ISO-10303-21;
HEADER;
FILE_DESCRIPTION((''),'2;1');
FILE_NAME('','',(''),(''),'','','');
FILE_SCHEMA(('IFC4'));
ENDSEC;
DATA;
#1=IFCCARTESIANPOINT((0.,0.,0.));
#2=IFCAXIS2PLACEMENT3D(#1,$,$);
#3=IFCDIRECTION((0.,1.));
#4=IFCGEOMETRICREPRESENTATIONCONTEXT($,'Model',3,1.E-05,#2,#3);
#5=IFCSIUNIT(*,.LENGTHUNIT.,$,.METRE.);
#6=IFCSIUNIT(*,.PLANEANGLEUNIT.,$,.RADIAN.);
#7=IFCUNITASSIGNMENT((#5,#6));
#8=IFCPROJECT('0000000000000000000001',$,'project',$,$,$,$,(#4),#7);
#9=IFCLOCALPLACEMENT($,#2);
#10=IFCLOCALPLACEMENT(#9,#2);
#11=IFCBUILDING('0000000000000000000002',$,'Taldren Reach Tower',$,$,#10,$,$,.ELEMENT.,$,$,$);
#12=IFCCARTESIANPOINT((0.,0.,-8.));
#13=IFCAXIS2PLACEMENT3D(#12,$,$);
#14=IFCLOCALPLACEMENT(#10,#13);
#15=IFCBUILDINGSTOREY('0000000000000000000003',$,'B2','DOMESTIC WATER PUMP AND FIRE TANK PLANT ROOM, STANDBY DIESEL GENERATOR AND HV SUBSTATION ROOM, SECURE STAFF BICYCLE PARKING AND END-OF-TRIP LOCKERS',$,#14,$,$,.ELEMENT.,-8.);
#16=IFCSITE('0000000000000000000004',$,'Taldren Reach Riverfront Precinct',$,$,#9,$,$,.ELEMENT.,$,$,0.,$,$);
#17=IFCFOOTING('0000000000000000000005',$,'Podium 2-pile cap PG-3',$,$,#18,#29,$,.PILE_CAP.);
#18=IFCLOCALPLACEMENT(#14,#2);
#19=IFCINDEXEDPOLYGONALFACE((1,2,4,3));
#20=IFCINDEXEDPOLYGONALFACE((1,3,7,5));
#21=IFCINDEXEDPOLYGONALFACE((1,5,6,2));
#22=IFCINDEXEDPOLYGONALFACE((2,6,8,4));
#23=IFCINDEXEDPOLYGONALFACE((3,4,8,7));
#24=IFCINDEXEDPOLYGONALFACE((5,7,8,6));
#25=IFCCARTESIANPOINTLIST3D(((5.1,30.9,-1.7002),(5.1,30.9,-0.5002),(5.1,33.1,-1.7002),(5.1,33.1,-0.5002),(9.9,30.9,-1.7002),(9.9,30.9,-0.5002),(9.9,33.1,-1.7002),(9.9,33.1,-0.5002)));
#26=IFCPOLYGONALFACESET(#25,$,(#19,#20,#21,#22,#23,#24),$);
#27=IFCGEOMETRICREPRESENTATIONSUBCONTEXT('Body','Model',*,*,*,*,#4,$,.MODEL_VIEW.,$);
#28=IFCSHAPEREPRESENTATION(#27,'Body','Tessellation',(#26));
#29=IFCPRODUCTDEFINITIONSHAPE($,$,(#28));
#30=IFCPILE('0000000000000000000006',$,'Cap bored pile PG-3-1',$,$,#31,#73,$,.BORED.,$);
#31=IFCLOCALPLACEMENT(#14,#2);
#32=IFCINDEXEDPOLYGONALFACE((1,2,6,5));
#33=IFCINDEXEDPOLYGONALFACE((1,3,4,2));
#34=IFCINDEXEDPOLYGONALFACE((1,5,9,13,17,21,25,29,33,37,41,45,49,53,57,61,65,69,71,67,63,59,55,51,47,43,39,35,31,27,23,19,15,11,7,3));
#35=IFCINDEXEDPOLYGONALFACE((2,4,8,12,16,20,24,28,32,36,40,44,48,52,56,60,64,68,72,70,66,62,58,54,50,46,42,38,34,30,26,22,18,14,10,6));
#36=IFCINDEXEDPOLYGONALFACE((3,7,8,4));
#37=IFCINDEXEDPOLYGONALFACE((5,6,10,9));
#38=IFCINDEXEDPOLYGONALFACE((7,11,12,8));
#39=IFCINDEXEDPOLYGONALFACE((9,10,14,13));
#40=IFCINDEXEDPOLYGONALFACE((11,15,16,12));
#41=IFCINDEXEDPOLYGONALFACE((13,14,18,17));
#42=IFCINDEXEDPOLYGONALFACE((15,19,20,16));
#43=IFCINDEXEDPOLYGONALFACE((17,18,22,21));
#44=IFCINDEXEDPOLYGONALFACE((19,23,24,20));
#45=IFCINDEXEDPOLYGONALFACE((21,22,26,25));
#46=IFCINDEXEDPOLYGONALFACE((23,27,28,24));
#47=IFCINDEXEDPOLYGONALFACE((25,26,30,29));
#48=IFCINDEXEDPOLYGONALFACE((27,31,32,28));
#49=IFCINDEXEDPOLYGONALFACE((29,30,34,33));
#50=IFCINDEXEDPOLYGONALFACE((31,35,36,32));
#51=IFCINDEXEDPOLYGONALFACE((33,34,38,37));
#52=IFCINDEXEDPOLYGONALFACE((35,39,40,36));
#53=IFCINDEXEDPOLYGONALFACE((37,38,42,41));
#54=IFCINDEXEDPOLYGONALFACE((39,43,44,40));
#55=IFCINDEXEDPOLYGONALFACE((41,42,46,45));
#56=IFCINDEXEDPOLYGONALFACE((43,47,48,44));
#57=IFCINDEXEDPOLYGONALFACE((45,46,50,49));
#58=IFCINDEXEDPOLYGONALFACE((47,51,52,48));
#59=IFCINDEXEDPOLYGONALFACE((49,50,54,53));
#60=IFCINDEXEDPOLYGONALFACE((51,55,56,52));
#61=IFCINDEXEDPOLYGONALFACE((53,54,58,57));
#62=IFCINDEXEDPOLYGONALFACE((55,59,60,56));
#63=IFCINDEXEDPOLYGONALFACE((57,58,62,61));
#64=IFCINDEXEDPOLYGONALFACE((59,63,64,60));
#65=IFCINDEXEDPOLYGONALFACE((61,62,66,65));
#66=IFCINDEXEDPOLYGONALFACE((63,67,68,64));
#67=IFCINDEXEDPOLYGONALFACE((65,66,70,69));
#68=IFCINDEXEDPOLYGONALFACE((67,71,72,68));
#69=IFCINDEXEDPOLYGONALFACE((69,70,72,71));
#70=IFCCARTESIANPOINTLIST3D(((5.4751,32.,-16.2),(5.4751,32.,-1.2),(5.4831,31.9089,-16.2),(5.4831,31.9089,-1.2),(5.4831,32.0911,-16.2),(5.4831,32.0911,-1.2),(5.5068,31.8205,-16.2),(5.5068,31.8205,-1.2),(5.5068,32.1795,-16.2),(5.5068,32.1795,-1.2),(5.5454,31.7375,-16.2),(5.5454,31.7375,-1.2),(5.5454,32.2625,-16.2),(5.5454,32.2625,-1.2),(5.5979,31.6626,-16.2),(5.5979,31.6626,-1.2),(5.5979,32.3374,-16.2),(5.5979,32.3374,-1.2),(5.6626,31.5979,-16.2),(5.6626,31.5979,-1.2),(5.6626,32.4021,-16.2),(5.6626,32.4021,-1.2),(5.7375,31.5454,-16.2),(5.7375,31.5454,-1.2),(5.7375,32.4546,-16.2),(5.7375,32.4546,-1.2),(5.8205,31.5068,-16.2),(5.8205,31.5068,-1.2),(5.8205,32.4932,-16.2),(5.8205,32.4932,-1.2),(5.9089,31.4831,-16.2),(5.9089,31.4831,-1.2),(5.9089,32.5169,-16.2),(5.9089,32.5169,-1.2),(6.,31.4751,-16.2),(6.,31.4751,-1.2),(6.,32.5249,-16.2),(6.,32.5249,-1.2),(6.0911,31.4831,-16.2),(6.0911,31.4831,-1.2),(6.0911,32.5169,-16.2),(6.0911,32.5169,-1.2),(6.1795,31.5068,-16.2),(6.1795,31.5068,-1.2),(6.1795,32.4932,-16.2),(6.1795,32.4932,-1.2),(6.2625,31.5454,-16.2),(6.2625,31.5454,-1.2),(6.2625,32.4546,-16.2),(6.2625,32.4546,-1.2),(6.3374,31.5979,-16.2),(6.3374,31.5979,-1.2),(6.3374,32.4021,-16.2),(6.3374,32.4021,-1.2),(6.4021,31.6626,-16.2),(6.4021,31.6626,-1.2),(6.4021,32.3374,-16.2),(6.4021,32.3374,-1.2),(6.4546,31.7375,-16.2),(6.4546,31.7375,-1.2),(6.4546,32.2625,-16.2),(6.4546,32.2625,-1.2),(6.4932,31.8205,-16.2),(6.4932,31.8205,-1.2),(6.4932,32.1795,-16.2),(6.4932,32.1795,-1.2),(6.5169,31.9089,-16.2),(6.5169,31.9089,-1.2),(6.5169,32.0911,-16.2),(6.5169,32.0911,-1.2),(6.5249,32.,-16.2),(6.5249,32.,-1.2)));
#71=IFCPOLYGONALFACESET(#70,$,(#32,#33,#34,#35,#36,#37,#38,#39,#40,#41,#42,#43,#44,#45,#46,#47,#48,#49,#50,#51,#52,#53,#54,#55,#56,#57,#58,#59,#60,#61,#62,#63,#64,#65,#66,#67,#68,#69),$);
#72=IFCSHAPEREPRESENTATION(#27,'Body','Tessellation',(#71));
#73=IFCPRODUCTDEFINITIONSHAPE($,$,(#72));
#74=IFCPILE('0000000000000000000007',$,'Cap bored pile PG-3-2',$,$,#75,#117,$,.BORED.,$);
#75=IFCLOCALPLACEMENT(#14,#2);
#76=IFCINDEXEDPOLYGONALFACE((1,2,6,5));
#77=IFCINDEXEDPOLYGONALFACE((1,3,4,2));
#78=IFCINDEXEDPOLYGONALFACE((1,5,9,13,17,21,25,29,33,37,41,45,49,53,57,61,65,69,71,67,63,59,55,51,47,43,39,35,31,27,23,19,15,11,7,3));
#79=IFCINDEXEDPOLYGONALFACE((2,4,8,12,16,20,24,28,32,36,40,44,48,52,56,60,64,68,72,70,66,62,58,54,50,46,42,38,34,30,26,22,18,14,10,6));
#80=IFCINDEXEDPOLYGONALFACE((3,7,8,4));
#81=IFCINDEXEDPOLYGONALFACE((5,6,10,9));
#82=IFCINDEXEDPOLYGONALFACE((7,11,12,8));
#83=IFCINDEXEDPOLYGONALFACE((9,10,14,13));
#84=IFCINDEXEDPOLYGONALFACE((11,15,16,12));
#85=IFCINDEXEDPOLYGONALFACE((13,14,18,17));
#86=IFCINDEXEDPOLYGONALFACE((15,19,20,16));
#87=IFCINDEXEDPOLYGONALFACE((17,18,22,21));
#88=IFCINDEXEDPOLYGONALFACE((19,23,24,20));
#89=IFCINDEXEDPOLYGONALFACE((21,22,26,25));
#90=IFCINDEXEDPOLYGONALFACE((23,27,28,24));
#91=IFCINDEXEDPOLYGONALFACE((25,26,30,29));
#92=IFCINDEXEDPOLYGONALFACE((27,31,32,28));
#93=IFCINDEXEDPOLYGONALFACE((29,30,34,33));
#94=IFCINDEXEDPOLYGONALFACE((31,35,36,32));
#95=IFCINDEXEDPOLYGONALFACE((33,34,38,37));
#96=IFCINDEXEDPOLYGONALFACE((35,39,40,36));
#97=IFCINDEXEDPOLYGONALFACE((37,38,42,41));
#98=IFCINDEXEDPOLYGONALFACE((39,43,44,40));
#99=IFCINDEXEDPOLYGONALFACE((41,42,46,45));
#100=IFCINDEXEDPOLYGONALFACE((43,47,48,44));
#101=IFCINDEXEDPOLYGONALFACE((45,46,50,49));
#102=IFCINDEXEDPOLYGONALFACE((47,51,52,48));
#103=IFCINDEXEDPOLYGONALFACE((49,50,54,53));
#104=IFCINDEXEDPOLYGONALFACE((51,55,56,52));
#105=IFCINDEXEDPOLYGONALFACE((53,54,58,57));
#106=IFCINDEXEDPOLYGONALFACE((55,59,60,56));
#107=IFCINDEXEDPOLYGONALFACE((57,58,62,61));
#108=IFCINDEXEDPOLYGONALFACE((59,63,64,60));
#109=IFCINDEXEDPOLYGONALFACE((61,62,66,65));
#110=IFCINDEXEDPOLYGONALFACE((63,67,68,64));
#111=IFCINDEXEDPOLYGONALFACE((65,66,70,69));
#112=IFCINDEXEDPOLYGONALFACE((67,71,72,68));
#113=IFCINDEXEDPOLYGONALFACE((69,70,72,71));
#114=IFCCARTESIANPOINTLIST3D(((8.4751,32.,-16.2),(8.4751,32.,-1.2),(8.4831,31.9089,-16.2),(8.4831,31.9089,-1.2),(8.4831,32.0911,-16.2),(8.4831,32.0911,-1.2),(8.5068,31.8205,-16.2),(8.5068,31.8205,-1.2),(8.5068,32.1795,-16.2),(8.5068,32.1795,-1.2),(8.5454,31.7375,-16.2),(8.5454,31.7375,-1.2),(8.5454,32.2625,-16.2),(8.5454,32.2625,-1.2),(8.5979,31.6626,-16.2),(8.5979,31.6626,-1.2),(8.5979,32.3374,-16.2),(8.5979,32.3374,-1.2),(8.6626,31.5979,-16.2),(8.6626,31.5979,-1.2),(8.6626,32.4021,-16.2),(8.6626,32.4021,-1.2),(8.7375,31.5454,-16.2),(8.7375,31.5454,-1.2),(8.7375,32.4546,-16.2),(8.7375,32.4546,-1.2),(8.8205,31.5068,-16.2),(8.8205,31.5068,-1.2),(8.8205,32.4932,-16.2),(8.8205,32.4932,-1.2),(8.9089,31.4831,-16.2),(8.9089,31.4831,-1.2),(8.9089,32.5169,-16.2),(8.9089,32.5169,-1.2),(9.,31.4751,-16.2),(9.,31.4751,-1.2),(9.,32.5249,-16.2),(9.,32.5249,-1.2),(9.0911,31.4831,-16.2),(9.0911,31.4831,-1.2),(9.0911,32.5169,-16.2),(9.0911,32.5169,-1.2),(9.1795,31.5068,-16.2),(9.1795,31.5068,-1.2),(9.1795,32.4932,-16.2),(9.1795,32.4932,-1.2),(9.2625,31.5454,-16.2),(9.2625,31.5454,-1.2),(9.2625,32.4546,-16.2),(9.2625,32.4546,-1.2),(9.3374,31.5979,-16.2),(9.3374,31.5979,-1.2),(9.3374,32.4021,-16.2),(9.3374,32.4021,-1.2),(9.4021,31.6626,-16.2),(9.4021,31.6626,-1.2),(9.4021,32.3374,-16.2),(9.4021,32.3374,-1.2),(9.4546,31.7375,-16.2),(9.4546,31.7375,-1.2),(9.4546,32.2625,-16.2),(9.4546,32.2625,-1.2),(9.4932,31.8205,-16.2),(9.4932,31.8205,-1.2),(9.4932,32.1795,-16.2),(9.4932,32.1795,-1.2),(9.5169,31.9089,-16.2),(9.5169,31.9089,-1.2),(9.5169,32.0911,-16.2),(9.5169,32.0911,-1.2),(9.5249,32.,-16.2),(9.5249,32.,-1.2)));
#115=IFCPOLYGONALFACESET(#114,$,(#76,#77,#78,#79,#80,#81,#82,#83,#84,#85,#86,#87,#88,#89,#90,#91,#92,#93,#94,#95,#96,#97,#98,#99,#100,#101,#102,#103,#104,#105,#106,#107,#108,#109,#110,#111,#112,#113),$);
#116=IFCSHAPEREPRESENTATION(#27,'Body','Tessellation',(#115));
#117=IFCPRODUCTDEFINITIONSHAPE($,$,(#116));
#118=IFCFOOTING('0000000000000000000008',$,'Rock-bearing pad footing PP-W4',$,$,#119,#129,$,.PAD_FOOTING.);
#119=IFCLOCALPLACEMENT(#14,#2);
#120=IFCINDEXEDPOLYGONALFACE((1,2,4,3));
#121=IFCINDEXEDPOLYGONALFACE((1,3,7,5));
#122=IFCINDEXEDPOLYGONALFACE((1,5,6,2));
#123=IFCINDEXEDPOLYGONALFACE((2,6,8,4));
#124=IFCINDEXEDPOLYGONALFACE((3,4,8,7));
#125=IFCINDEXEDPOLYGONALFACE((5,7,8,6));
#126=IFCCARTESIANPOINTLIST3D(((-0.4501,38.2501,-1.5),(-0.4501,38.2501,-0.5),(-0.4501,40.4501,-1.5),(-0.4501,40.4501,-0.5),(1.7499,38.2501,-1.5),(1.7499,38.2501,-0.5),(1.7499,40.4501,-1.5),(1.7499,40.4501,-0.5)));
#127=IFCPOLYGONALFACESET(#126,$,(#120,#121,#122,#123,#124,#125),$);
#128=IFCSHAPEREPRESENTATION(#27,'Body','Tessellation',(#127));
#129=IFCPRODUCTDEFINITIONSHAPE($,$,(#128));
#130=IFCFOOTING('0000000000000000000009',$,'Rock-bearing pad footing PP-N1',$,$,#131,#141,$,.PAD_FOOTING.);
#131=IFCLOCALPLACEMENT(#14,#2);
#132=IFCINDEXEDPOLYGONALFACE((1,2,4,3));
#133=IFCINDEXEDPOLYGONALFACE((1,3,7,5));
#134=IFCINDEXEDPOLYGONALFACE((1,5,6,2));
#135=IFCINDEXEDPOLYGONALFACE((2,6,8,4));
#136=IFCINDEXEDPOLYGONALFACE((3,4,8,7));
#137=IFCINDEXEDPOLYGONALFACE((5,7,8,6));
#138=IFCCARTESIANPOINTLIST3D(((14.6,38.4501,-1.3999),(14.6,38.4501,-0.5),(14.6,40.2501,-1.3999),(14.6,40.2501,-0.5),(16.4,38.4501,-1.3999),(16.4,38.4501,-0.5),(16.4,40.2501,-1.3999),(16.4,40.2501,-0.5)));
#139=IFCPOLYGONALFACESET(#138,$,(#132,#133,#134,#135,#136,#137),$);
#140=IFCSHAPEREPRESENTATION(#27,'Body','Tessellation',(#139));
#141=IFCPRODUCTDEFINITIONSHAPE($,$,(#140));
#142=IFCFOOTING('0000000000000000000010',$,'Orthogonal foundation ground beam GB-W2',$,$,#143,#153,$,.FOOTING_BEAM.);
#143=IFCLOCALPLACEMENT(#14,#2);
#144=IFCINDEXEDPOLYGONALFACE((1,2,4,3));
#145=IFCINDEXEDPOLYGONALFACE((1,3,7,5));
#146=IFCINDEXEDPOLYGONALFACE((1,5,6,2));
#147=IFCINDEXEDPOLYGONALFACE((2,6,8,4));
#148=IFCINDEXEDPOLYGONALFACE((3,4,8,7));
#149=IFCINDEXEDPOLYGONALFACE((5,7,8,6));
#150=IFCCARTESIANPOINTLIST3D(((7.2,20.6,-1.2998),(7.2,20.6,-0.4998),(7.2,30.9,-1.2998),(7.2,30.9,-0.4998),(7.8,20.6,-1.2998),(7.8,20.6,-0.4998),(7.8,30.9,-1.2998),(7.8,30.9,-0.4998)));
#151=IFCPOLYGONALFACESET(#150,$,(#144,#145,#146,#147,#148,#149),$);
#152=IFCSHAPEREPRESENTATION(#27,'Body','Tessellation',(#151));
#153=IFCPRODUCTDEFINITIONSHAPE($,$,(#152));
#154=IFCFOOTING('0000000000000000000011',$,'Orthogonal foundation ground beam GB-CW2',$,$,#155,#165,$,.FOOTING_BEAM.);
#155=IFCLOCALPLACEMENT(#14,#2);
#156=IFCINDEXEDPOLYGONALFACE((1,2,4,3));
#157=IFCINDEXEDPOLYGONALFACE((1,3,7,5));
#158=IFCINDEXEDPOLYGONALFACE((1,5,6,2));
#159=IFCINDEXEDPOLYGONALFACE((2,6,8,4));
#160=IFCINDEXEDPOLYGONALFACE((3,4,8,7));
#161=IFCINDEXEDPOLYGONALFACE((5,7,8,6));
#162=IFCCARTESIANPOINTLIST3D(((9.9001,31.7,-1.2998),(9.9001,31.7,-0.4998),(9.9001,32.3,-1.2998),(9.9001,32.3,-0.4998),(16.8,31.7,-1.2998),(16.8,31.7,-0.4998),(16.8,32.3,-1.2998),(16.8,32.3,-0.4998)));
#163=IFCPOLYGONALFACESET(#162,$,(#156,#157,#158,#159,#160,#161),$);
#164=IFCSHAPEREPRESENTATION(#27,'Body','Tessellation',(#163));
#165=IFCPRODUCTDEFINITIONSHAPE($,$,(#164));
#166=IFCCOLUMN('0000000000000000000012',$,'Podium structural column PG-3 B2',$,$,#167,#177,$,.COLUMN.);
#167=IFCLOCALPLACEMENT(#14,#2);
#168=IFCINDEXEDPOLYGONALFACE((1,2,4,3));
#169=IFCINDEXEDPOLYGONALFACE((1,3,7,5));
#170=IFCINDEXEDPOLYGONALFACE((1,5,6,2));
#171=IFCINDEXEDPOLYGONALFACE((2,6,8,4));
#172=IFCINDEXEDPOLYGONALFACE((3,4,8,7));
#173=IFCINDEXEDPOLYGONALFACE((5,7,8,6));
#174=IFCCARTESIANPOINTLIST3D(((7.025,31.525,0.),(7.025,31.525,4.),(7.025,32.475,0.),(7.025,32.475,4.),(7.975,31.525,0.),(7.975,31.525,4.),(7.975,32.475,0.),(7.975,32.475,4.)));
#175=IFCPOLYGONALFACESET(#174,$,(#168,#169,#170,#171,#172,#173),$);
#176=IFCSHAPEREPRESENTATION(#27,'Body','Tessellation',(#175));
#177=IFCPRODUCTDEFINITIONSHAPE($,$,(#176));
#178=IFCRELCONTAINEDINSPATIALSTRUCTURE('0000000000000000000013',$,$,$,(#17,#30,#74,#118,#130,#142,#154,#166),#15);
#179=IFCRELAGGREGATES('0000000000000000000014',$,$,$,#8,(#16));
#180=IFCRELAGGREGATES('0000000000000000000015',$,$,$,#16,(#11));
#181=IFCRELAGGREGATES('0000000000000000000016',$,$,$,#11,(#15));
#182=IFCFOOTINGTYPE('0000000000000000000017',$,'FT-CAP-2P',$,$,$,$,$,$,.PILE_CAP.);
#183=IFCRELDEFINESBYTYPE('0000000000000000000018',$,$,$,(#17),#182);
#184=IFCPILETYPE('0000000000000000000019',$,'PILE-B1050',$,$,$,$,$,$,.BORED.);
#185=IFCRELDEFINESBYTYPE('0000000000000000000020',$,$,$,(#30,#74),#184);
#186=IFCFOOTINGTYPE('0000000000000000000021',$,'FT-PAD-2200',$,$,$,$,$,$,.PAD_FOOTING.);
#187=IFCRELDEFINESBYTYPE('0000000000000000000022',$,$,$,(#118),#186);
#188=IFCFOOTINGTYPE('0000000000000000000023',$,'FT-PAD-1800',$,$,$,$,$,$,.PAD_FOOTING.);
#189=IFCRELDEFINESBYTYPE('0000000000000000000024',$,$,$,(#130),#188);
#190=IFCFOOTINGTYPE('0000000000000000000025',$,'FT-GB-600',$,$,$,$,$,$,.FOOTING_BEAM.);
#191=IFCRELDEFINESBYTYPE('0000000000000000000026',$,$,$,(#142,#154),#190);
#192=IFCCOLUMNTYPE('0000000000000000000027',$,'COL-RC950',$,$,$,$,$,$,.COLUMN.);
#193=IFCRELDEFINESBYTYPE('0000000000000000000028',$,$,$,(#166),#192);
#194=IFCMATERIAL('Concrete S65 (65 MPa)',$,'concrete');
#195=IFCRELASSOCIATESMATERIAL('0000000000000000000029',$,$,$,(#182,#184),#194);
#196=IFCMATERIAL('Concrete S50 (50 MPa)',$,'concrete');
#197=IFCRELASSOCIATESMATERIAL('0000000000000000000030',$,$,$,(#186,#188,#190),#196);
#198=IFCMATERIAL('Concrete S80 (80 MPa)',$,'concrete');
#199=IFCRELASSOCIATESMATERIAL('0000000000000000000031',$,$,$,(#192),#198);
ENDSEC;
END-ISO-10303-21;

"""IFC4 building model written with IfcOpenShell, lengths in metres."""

from ifc_helpers import new_model, si_unit, direction, frame, origin, origin_2d, place, context, subcontext, project, spatial, rectangle, circle, extrude, source, transform, mapped, material, material_profile, profile_set, type_object, element, save


model = new_model("IFC4")

# Units and contexts
model_context = context("Model", 3, precision=1e-05, world=origin(), true_north=direction((0.0, 1.0)))
body_context = subcontext(model_context, "Body", "Model", "MODEL_VIEW")
ifc_project = project(units=[si_unit("LENGTHUNIT", "METRE"), si_unit("PLANEANGLEUNIT", "RADIAN")], contexts=[model_context])

# Site, building, storey
site_placement = place(None, origin())
site = spatial("IfcSite", under=ifc_project, at=site_placement, Name="Taldren Reach Riverfront Precinct", CompositionType="ELEMENT", RefElevation=0.0)
building_placement = place(site_placement, origin())
building = spatial("IfcBuilding", under=site, at=building_placement, Name="Taldren Reach Tower", CompositionType="ELEMENT")
storey_placement = place(building_placement, frame((0.0, 0.0, -8.0)))
storey = spatial("IfcBuildingStorey", under=building, at=storey_placement, Name="B2", Description="DOMESTIC WATER PUMP AND FIRE TANK PLANT ROOM, STANDBY DIESEL GENERATOR AND HV SUBSTATION ROOM, SECURE STAFF BICYCLE PARKING AND END-OF-TRIP LOCKERS", CompositionType="ELEMENT", Elevation=-8.0)

# Footing
ifc_material_1 = material(Name="Concrete S65 (65 MPa)", Category="concrete")
footing_type_1 = type_object("IfcFootingType", Name="FT-CAP-2P", PredefinedType="PILE_CAP", material=ifc_material_1)
shared_shape_1 = source(origin(), body_context, "Body", "SweptSolid", [
    extrude(rectangle(XDim=4.8, YDim=2.2, at=origin_2d()), origin(), (0.0, 0.0, 1.0), 1.2),
])
footing_1_placement = place(storey_placement, frame((7.5, 32.0, -1.7002), z_axis=(0.0, 0.0, 1.0), x_axis=(1.0, 0.0, 0.0)))
element("IfcFooting", 1, at=footing_1_placement, inside=storey, type_object=footing_type_1, Name="Podium 2-pile cap PG-3", PredefinedType="PILE_CAP", context=body_context, shape_type="MappedRepresentation", body=[
    mapped(shared_shape_1, transform((0.0, 0.0, 0.0), scale=1.0)),
])

# Piles
ifc_material_profile_1 = material_profile(ifc_material_1, circle(Radius=0.5249, at=origin_2d()), Name="PB-1050")
ifc_profile_set_1 = profile_set([ifc_material_profile_1], Name="Concrete S65 (65 MPa)")
pile_type = type_object("IfcPileType", Name="PILE-B1050", PredefinedType="BORED", material=ifc_profile_set_1)
shared_shape_2 = source(origin(), body_context, "Body", "SweptSolid", [
    extrude(circle(Radius=0.5249, at=origin_2d()), origin(), (0.0, 0.0, 1.0), 15.0),
])
for number, where, z_axis, x_axis, name in (
    (2, (6.0, 32.0, -1.2), (0.0, 0.0, -1.0), (1.0, 0.0, 0.0), "Cap bored pile PG-3-1"),
    (3, (9.0, 32.0, -1.2), (0.0, 0.0, -1.0), (1.0, 0.0, 0.0), "Cap bored pile PG-3-2"),
):
    element("IfcPile", number, at=place(storey_placement, frame(where, z_axis=z_axis, x_axis=x_axis)), inside=storey, type_object=pile_type, Name=name, PredefinedType="BORED", context=body_context, shape_type="MappedRepresentation", body=[
        mapped(shared_shape_2, transform((0.0, 0.0, 0.0), scale=1.0)),
    ])

# Footings
ifc_material_2 = material(Name="Concrete S50 (50 MPa)", Category="concrete")
footing_type_2 = type_object("IfcFootingType", Name="FT-PAD-2200", PredefinedType="PAD_FOOTING", material=ifc_material_2)
shared_shape_3 = source(origin(), body_context, "Body", "SweptSolid", [
    extrude(rectangle(XDim=2.2, YDim=2.2, at=origin_2d()), origin(), (0.0, 0.0, 1.0), 1.0),
])
footing_2_placement = place(storey_placement, frame((0.6499, 39.3501, -1.5), z_axis=(0.0, 0.0, 1.0), x_axis=(1.0, 0.0, 0.0)))
element("IfcFooting", 4, at=footing_2_placement, inside=storey, type_object=footing_type_2, Name="Rock-bearing pad footing PP-W4", PredefinedType="PAD_FOOTING", context=body_context, shape_type="MappedRepresentation", body=[
    mapped(shared_shape_3, transform((0.0, 0.0, 0.0), scale=1.0)),
])
footing_type_3 = type_object("IfcFootingType", Name="FT-PAD-1800", PredefinedType="PAD_FOOTING", material=ifc_material_2)
shared_shape_4 = source(origin(), body_context, "Body", "SweptSolid", [
    extrude(rectangle(XDim=1.8, YDim=1.8, at=origin_2d()), origin(), (0.0, 0.0, 1.0), 0.8999),
])
footing_3_placement = place(storey_placement, frame((15.5, 39.3501, -1.3999), z_axis=(0.0, 0.0, 1.0), x_axis=(1.0, 0.0, 0.0)))
element("IfcFooting", 5, at=footing_3_placement, inside=storey, type_object=footing_type_3, Name="Rock-bearing pad footing PP-N1", PredefinedType="PAD_FOOTING", context=body_context, shape_type="MappedRepresentation", body=[
    mapped(shared_shape_4, transform((0.0, 0.0, 0.0), scale=1.0)),
])
footing_type_4 = type_object("IfcFootingType", Name="FT-GB-600", PredefinedType="FOOTING_BEAM", material=ifc_material_2)
shared_shape_5 = source(origin(), body_context, "Body", "SweptSolid", [
    extrude(rectangle(XDim=10.3, YDim=0.6001, at=origin_2d()), origin(), (0.0, 0.0, 1.0), 0.8),
])
footing_4_placement = place(storey_placement, frame((7.5, 25.75, -1.2998), z_axis=(0.0, 0.0, 1.0), x_axis=(0.0, 1.0, 0.0)))
element("IfcFooting", 6, at=footing_4_placement, inside=storey, type_object=footing_type_4, Name="Orthogonal foundation ground beam GB-W2", PredefinedType="FOOTING_BEAM", context=body_context, shape_type="MappedRepresentation", body=[
    mapped(shared_shape_5, transform((0.0, 0.0, 0.0), scale=1.0)),
])
shared_shape_6 = source(origin(), body_context, "Body", "SweptSolid", [
    extrude(rectangle(XDim=6.8999, YDim=0.6001, at=origin_2d()), origin(), (0.0, 0.0, 1.0), 0.8),
])
footing_5_placement = place(storey_placement, frame((13.3501, 32.0, -1.2998), z_axis=(0.0, 0.0, 1.0), x_axis=(1.0, 0.0, 0.0)))
element("IfcFooting", 7, at=footing_5_placement, inside=storey, type_object=footing_type_4, Name="Orthogonal foundation ground beam GB-CW2", PredefinedType="FOOTING_BEAM", context=body_context, shape_type="MappedRepresentation", body=[
    mapped(shared_shape_6, transform((0.0, 0.0, 0.0), scale=1.0)),
])

# Column
ifc_material_3 = material(Name="Concrete S80 (80 MPa)", Category="concrete")
ifc_material_profile_2 = material_profile(ifc_material_3, rectangle(XDim=0.95, YDim=0.95, at=origin_2d()), Name="RC-950x950")
ifc_profile_set_2 = profile_set([ifc_material_profile_2], Name="Concrete S80 (80 MPa)")
column_type_1 = type_object("IfcColumnType", Name="COL-RC950", PredefinedType="COLUMN", material=ifc_profile_set_2)
shared_shape_7 = source(origin(), body_context, "Body", "SweptSolid", [
    extrude(rectangle(XDim=0.95, YDim=0.95, at=origin_2d()), origin(), (0.0, 0.0, 1.0), 4.0),
])
column_placement = place(storey_placement, frame((7.5, 32.0, 0.0), z_axis=(0.0, 0.0, 1.0), x_axis=(1.0, 0.0, 0.0)))
element("IfcColumn", 8, at=column_placement, inside=storey, type_object=column_type_1, Name="Podium structural column PG-3 B2", PredefinedType="COLUMN", context=body_context, shape_type="MappedRepresentation", body=[
    mapped(shared_shape_7, transform((0.0, 0.0, 0.0), scale=1.0)),
])

save(model, "model.ifc")
